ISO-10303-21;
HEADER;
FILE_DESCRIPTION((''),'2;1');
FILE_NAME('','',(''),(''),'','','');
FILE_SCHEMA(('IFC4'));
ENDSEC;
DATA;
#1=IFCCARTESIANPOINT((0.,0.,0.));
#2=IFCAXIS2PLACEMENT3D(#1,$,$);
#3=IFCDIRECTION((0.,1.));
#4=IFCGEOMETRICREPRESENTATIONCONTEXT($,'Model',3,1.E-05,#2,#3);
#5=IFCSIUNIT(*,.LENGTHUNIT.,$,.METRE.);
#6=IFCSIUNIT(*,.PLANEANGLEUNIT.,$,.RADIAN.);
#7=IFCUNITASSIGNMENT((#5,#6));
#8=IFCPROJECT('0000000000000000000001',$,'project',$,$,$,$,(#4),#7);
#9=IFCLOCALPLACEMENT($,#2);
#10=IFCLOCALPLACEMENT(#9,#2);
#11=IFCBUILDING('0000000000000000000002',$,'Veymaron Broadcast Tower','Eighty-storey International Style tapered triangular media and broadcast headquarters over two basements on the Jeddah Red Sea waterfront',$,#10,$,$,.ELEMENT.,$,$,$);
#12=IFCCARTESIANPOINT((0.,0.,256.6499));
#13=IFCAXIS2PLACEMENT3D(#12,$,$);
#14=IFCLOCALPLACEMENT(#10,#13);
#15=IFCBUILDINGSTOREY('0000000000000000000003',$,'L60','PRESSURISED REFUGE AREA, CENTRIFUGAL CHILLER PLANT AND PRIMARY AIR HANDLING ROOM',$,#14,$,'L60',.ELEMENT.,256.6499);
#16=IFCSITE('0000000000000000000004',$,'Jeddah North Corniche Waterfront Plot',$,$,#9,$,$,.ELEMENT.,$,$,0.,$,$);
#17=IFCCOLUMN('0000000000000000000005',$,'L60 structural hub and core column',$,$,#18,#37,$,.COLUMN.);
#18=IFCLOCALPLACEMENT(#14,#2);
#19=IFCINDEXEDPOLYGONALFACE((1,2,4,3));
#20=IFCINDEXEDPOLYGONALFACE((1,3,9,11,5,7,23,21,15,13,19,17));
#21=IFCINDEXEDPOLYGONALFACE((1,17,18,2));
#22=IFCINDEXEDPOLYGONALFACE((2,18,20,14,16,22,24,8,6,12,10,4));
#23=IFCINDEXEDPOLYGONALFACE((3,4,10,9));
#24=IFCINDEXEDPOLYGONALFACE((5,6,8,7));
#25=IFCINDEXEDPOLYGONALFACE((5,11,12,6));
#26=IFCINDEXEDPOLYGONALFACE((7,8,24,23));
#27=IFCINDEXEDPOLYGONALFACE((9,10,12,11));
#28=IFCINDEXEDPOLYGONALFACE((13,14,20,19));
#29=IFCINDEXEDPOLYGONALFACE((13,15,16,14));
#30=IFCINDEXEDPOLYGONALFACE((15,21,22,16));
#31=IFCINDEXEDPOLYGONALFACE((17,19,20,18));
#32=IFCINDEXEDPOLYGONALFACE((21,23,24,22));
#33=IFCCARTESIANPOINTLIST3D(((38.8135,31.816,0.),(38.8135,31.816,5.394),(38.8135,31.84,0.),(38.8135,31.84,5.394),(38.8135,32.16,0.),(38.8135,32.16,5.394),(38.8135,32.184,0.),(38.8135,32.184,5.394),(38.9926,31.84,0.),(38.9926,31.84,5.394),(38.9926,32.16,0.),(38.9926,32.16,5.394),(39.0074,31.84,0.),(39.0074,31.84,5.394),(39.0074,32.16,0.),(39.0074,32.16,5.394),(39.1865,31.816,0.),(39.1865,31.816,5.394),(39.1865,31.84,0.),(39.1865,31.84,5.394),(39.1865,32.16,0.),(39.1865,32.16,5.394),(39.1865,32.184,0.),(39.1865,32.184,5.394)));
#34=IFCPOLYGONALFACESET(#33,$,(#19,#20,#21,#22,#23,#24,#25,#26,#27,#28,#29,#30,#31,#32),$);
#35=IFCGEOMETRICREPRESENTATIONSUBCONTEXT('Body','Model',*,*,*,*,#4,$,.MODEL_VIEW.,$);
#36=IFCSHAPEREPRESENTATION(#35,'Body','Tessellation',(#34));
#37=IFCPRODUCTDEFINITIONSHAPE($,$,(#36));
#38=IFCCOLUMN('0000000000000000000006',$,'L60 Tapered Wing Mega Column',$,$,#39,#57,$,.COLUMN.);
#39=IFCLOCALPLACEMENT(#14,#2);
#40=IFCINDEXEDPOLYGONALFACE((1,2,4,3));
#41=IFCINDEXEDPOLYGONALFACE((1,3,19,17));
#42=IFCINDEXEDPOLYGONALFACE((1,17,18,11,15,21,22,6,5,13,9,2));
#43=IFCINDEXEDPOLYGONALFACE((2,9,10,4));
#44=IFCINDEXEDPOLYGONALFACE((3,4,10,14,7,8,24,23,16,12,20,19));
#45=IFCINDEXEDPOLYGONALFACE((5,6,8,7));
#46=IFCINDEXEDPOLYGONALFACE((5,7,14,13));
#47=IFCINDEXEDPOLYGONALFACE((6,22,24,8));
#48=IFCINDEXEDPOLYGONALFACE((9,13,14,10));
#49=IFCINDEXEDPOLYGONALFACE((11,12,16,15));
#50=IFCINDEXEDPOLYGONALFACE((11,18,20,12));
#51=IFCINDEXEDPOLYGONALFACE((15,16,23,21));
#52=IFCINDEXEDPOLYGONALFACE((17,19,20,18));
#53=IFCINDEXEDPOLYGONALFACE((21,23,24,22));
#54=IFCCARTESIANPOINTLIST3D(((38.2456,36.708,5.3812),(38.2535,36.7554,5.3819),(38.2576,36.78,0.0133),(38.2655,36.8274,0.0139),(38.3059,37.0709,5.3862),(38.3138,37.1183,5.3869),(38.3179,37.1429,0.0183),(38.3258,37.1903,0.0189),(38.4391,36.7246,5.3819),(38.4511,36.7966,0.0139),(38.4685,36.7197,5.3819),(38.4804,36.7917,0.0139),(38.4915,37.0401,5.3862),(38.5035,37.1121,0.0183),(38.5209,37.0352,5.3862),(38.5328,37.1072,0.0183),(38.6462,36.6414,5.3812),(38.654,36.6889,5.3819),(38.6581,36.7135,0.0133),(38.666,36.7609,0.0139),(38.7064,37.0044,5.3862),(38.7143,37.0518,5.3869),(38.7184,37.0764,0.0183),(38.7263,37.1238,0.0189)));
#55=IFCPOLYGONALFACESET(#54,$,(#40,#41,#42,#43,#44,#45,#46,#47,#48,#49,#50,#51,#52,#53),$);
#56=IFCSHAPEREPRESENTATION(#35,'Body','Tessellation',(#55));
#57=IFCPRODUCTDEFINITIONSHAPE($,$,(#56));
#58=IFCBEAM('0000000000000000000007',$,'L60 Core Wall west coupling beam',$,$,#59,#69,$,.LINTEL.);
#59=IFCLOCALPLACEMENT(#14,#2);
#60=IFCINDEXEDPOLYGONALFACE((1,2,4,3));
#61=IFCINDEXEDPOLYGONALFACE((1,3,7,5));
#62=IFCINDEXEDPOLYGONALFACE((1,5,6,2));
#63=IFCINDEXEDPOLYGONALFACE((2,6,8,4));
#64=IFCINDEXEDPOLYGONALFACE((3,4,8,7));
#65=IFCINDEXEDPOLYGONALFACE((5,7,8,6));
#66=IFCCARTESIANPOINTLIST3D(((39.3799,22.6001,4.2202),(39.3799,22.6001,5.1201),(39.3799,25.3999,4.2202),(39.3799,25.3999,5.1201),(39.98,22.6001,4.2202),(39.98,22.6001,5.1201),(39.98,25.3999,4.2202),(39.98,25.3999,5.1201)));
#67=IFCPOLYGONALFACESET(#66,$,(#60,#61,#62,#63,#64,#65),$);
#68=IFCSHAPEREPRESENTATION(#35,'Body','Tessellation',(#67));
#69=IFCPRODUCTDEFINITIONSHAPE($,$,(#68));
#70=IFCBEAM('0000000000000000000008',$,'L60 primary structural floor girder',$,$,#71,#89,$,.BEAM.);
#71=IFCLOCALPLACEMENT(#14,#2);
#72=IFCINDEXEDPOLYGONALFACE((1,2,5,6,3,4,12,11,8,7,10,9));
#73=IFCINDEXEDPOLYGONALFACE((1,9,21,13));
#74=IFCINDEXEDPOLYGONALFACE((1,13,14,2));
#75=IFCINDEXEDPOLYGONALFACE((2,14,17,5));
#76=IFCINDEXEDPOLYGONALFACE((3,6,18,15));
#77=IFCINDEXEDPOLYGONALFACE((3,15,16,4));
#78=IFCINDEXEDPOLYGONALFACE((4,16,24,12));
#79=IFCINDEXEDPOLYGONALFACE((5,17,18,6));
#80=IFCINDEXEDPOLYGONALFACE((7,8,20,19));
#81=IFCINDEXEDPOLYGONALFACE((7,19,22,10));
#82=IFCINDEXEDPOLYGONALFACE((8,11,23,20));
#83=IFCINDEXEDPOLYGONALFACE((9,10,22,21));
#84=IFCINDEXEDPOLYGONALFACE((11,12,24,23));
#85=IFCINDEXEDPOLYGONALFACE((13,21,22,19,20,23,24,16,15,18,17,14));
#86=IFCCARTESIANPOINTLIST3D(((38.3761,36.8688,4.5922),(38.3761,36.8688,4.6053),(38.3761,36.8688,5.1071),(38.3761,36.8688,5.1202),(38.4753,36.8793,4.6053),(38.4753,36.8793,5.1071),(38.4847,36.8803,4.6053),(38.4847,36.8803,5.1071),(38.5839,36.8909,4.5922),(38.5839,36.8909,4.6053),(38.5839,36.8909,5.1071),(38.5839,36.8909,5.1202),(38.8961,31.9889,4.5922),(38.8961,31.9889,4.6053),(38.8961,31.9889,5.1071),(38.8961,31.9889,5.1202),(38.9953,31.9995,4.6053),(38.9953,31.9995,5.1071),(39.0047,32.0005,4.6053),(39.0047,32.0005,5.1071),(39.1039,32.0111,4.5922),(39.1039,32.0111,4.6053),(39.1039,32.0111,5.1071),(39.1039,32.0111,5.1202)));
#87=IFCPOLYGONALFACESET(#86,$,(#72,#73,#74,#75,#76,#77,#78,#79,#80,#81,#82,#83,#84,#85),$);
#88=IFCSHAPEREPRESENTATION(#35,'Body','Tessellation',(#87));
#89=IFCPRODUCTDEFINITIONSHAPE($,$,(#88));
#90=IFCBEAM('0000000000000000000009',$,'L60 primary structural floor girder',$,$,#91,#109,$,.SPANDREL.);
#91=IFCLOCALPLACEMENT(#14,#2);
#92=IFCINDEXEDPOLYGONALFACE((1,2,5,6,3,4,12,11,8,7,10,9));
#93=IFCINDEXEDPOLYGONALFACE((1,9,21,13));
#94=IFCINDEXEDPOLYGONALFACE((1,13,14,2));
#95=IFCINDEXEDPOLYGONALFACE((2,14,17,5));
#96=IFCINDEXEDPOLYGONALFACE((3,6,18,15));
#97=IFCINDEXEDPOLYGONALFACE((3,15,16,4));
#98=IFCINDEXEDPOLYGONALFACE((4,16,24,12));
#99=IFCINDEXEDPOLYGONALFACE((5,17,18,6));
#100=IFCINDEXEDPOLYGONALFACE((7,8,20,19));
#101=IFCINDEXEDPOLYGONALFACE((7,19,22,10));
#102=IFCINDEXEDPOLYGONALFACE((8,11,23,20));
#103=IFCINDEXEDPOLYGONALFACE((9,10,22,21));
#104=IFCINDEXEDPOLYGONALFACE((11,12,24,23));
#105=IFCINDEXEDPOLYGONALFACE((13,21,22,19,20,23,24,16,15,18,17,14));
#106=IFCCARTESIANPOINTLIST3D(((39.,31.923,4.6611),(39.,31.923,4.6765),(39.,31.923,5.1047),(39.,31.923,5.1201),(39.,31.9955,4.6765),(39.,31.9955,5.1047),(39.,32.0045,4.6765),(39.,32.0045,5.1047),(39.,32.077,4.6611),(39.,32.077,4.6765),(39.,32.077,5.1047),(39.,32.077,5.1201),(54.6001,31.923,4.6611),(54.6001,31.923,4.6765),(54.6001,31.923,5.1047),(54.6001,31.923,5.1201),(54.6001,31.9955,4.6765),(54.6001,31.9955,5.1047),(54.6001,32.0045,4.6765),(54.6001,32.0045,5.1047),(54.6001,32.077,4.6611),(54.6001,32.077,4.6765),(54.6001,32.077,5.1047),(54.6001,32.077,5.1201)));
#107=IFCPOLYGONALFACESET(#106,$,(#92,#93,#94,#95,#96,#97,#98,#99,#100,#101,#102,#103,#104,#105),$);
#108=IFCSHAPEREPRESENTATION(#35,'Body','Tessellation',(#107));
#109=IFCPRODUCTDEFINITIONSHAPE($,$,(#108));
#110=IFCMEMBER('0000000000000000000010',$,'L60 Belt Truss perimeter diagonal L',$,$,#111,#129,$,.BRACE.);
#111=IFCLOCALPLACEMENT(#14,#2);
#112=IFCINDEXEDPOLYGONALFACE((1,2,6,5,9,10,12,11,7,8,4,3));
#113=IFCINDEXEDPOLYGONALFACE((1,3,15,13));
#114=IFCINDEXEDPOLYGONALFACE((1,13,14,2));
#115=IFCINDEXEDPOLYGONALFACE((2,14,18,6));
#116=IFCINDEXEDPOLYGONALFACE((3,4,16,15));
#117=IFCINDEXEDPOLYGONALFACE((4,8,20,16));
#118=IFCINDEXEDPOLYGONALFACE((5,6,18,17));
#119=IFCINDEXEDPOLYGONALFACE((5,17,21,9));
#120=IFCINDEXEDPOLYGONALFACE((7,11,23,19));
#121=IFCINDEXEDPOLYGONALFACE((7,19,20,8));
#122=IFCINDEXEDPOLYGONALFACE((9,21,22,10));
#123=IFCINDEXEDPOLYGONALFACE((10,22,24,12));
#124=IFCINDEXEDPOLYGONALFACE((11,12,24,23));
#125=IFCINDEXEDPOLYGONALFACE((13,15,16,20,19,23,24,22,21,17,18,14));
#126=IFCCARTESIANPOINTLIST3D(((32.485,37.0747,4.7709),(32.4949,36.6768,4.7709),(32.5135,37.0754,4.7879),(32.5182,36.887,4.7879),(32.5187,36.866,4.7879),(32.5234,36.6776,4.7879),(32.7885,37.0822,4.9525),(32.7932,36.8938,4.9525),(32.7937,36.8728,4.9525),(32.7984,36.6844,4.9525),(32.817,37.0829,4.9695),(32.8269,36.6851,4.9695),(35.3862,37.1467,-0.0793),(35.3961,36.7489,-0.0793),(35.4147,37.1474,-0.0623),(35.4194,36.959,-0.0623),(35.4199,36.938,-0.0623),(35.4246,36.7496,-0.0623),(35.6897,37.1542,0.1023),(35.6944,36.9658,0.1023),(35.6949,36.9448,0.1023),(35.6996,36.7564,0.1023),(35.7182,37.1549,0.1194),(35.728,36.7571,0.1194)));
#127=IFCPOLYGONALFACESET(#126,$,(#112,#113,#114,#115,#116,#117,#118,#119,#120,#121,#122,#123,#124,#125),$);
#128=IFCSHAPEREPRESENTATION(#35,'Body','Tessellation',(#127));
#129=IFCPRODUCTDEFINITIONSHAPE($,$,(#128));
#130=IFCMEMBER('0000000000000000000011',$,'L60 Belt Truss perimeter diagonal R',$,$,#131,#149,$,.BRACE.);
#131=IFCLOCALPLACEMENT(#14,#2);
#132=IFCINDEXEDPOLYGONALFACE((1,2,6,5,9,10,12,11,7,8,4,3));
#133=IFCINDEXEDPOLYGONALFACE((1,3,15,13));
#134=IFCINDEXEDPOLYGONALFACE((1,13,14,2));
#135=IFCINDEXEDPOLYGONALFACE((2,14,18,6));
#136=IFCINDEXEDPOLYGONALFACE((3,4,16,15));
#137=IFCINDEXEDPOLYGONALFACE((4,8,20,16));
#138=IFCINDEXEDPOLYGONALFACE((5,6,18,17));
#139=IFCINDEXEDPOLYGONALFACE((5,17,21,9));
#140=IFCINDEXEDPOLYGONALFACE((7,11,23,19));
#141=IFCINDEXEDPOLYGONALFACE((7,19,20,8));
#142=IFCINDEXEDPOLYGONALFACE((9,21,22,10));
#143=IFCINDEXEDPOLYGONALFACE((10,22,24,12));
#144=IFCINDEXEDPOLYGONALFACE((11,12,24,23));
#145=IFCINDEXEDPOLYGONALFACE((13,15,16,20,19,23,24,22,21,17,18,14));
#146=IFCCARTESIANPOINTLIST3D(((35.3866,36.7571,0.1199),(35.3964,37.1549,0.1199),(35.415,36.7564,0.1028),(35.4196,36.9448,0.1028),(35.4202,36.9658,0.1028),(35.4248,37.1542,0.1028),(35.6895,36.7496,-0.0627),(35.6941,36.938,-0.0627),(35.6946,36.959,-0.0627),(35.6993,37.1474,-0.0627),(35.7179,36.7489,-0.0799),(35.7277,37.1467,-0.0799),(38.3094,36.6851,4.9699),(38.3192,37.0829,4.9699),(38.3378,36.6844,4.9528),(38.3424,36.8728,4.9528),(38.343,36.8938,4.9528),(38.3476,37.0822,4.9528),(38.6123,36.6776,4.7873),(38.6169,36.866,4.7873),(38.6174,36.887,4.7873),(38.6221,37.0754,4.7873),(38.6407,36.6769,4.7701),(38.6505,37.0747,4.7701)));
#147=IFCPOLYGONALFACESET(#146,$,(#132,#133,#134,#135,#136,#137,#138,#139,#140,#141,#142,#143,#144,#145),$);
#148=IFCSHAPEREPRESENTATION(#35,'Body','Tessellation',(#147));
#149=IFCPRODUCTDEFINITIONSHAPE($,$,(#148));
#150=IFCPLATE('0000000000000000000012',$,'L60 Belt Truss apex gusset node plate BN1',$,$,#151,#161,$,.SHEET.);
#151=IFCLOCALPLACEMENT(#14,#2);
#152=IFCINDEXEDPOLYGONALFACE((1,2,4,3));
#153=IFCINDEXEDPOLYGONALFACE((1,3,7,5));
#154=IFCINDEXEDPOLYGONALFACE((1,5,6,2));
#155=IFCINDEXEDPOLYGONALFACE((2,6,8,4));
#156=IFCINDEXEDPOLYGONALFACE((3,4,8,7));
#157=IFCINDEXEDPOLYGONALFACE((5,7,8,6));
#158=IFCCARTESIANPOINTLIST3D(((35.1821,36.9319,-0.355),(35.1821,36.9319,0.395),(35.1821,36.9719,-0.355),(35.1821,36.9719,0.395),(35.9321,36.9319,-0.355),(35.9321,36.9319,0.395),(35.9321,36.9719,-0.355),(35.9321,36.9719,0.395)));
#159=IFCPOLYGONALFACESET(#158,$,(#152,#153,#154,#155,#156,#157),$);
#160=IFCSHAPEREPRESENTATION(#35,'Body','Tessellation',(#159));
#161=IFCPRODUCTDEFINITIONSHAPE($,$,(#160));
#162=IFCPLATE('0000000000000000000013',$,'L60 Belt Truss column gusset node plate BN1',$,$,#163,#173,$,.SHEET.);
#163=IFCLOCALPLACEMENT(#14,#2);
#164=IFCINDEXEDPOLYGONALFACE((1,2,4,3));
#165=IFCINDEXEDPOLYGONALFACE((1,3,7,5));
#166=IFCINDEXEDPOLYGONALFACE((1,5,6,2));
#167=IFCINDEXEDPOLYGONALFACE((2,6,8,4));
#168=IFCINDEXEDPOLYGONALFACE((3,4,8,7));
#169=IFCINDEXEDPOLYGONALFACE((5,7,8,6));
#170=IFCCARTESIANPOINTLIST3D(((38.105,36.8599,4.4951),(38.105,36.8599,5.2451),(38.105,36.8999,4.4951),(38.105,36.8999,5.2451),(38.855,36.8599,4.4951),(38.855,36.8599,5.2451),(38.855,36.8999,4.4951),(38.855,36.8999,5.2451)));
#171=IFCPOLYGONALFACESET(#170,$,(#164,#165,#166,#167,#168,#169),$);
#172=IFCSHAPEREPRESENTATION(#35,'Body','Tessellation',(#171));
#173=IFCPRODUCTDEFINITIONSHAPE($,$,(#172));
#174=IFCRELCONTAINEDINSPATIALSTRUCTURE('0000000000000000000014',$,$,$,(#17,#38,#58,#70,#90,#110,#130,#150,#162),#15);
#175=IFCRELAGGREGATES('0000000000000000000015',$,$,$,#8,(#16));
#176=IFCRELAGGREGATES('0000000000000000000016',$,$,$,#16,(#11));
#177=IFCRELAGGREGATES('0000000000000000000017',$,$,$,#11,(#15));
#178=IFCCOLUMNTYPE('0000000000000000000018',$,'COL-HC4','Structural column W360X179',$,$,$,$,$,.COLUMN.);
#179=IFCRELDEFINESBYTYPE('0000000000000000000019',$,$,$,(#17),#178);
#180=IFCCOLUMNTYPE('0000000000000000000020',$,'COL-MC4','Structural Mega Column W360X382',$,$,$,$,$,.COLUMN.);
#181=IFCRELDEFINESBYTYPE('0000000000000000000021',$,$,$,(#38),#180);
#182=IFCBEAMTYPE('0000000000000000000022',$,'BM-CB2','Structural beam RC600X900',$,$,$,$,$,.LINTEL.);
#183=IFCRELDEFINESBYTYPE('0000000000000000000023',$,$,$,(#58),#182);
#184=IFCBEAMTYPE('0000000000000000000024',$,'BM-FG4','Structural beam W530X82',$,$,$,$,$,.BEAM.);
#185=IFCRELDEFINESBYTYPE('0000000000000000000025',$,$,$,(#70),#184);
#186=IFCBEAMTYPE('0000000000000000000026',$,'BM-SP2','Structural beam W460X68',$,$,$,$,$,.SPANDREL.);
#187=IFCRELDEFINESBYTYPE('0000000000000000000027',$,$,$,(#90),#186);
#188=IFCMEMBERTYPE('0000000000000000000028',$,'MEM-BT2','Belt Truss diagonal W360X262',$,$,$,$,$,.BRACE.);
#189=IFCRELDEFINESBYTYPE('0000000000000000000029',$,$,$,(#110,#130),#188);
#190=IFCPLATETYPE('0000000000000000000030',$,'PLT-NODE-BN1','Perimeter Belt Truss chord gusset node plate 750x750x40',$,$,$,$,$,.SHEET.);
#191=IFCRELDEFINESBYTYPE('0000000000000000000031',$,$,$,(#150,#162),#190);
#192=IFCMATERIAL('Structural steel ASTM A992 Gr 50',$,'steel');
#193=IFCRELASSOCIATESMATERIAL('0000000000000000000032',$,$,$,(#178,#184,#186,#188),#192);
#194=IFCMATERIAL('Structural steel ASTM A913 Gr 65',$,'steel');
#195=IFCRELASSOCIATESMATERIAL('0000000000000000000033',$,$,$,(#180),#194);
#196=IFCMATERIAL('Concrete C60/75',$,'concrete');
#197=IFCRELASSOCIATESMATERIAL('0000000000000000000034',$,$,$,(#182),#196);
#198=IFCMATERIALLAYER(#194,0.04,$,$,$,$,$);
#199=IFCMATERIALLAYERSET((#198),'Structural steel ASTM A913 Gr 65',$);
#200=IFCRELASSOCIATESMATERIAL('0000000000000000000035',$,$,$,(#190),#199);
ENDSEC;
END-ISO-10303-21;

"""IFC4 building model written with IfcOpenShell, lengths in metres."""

from ifc_helpers import new_model, si_unit, direction, frame, origin, origin_2d, place, context, subcontext, project, spatial, rectangle, i_section, extrude, material, layer, layer_set, material_profile, profile_set, type_object, element, save


model = new_model("IFC4")

# Units and contexts
model_context = context("Model", 3, precision=1e-05, world=origin(), true_north=direction((0.0, 1.0)))
body_context = subcontext(model_context, "Body", "Model", "MODEL_VIEW")
ifc_project = project(units=[si_unit("LENGTHUNIT", "METRE"), si_unit("PLANEANGLEUNIT", "RADIAN")], contexts=[model_context])

# Site, building, storey
site_placement = place(None, origin())
site = spatial("IfcSite", under=ifc_project, at=site_placement, Name="Jeddah North Corniche Waterfront Plot", CompositionType="ELEMENT", RefElevation=0.0)
building_placement = place(site_placement, origin())
building = spatial("IfcBuilding", under=site, at=building_placement, Name="Veymaron Broadcast Tower", Description="Eighty-storey International Style tapered triangular media and broadcast headquarters over two basements on the Jeddah Red Sea waterfront", CompositionType="ELEMENT")
storey_placement = place(building_placement, frame((0.0, 0.0, 256.6499)))
storey = spatial("IfcBuildingStorey", under=building, at=storey_placement, Name="L60", Description="PRESSURISED REFUGE AREA, CENTRIFUGAL CHILLER PLANT AND PRIMARY AIR HANDLING ROOM", LongName="L60", CompositionType="ELEMENT", Elevation=256.6499)

# Columns
ifc_material_1 = material(Name="Structural steel ASTM A992 Gr 50", Category="steel")
ifc_material_profile_1 = material_profile(ifc_material_1, i_section(OverallWidth=0.373, OverallDepth=0.3679, WebThickness=0.0149, FlangeThickness=0.0239, at=origin_2d()), Name="W360X179")
ifc_profile_set_1 = profile_set([ifc_material_profile_1], Name="Structural steel ASTM A992 Gr 50")
column_type_1 = type_object("IfcColumnType", Name="COL-HC4", Description="Structural column W360X179", PredefinedType="COLUMN", material=ifc_profile_set_1)
column_1_placement = place(storey_placement, frame((39.0, 32.0, 0.0), z_axis=(0.0, 0.0, 1.0), x_axis=(1.0, 0.0, 0.0)))
element("IfcColumn", 1, at=column_1_placement, inside=storey, type_object=column_type_1, Name="L60 structural hub and core column", PredefinedType="COLUMN", context=body_context, shape_type="SweptSolid", body=[
    extrude(i_section(OverallWidth=0.373, OverallDepth=0.3679, WebThickness=0.0149, FlangeThickness=0.0239, at=origin_2d()), origin(), (0.0, 0.0, 1.0), 5.394),
])
ifc_material_2 = material(Name="Structural steel ASTM A913 Gr 65", Category="steel")
ifc_material_profile_2 = material_profile(ifc_material_2, i_section(OverallWidth=0.406, OverallDepth=0.416, WebThickness=0.0298, FlangeThickness=0.0481, at=origin_2d()), Name="W360X382")
ifc_profile_set_2 = profile_set([ifc_material_profile_2], Name="Structural steel ASTM A913 Gr 65")
column_type_2 = type_object("IfcColumnType", Name="COL-MC4", Description="Structural Mega Column W360X382", PredefinedType="COLUMN", material=ifc_profile_set_2)
column_2_placement = place(storey_placement, frame((38.4919, 36.9519, 0.0161), z_axis=(-0.002228, -0.013416, 0.999908), x_axis=(0.986484, -0.163857, 0.0)))
element("IfcColumn", 2, at=column_2_placement, inside=storey, type_object=column_type_2, Name="L60 Tapered Wing Mega Column", PredefinedType="COLUMN", context=body_context, shape_type="SweptSolid", body=[
    extrude(i_section(OverallWidth=0.406, OverallDepth=0.416, WebThickness=0.0298, FlangeThickness=0.0481, at=origin_2d()), origin(), (0.0, 0.0, 1.0), 5.3684),
])

# Beams
ifc_material_3 = material(Name="Concrete C60/75", Category="concrete")
ifc_material_profile_3 = material_profile(ifc_material_3, rectangle(XDim=0.6001, YDim=0.8999, at=origin_2d()), Name="RC600X900")
ifc_profile_set_3 = profile_set([ifc_material_profile_3], Name="Concrete C60/75")
beam_type_1 = type_object("IfcBeamType", Name="BM-CB2", Description="Structural beam RC600X900", PredefinedType="LINTEL", material=ifc_profile_set_3)
beam_1_placement = place(storey_placement, frame((39.6799, 22.6001, 4.6702), z_axis=(0.0, 1.0, 0.0), x_axis=(-1.0, 0.0, 0.0)))
element("IfcBeam", 3, at=beam_1_placement, inside=storey, type_object=beam_type_1, Name="L60 Core Wall west coupling beam", PredefinedType="LINTEL", context=body_context, shape_type="SweptSolid", body=[
    extrude(rectangle(XDim=0.6001, YDim=0.8999, at=origin_2d()), origin(), (0.0, 0.0, 1.0), 2.7998),
])
ifc_material_profile_4 = material_profile(ifc_material_1, i_section(OverallWidth=0.209, OverallDepth=0.5281, WebThickness=0.0095, FlangeThickness=0.0132, at=origin_2d()), Name="W530X82")
ifc_profile_set_4 = profile_set([ifc_material_profile_4], Name="Structural steel ASTM A992 Gr 50")
beam_type_2 = type_object("IfcBeamType", Name="BM-FG4", Description="Structural beam W530X82", PredefinedType="BEAM", material=ifc_profile_set_4)
beam_2_placement = place(storey_placement, frame((39.0, 32.0, 4.8562), z_axis=(-0.105964, 0.99437, 0.0), x_axis=(-0.99437, -0.105964, 0.0)))
element("IfcBeam", 4, at=beam_2_placement, inside=storey, type_object=beam_type_2, Name="L60 primary structural floor girder", PredefinedType="BEAM", context=body_context, shape_type="SweptSolid", body=[
    extrude(i_section(OverallWidth=0.209, OverallDepth=0.5281, WebThickness=0.0095, FlangeThickness=0.0132, at=origin_2d()), origin(), (0.0, 0.0, 1.0), 4.9075),
])
ifc_material_profile_5 = material_profile(ifc_material_1, i_section(OverallWidth=0.1541, OverallDepth=0.459, WebThickness=0.009, FlangeThickness=0.0154, at=origin_2d()), Name="W460X68")
ifc_profile_set_5 = profile_set([ifc_material_profile_5], Name="Structural steel ASTM A992 Gr 50")
beam_type_3 = type_object("IfcBeamType", Name="BM-SP2", Description="Structural beam W460X68", PredefinedType="SPANDREL", material=ifc_profile_set_5)
beam_3_placement = place(storey_placement, frame((39.0, 32.0, 4.8906), z_axis=(1.0, 0.0, 0.0), x_axis=(0.0, 1.0, 0.0)))
element("IfcBeam", 5, at=beam_3_placement, inside=storey, type_object=beam_type_3, Name="L60 primary structural floor girder", PredefinedType="SPANDREL", context=body_context, shape_type="SweptSolid", body=[
    extrude(i_section(OverallWidth=0.1541, OverallDepth=0.459, WebThickness=0.009, FlangeThickness=0.0154, at=origin_2d()), origin(), (0.0, 0.0, 1.0), 15.6001),
])

# Members
ifc_material_profile_6 = material_profile(ifc_material_1, i_section(OverallWidth=0.3979, OverallDepth=0.387, WebThickness=0.021, FlangeThickness=0.0332, at=origin_2d()), Name="W360X262")
ifc_profile_set_6 = profile_set([ifc_material_profile_6], Name="Structural steel ASTM A992 Gr 50")
member_type = type_object("IfcMemberType", Name="MEM-BT2", Description="Belt Truss diagonal W360X262", PredefinedType="BRACE", material=ifc_profile_set_6)
member_1_placement = place(storey_placement, frame((35.5571, 36.9519, 0.02), z_axis=(-0.513291, -0.012743, 0.85812), x_axis=(0.024818, -0.999692, 0.0)))
element("IfcMember", 6, at=member_1_placement, inside=storey, type_object=member_type, Name="L60 Belt Truss perimeter diagonal L", PredefinedType="BRACE", context=body_context, shape_type="SweptSolid", body=[
    extrude(i_section(OverallWidth=0.3979, OverallDepth=0.387, WebThickness=0.021, FlangeThickness=0.0332, at=origin_2d()), origin(), (0.0, 0.0, 1.0), 5.6521),
])
member_2_placement = place(storey_placement, frame((35.5571, 36.9519, 0.02), z_axis=(0.516114, -0.012717, 0.856425), x_axis=(0.024633, 0.999697, 0.0)))
element("IfcMember", 7, at=member_2_placement, inside=storey, type_object=member_type, Name="L60 Belt Truss perimeter diagonal R", PredefinedType="BRACE", context=body_context, shape_type="SweptSolid", body=[
    extrude(i_section(OverallWidth=0.3979, OverallDepth=0.387, WebThickness=0.021, FlangeThickness=0.0332, at=origin_2d()), origin(), (0.0, 0.0, 1.0), 5.6631),
])

# Plates
ifc_layer_1 = layer(ifc_material_2, 0.04)
ifc_layer_set_1 = layer_set([ifc_layer_1], Name="Structural steel ASTM A913 Gr 65")
plate_type = type_object("IfcPlateType", Name="PLT-NODE-BN1", Description="Perimeter Belt Truss chord gusset node plate 750x750x40", PredefinedType="SHEET", material=ifc_layer_set_1)
for number, where, z_axis, x_axis, name in (
    (8, (35.5571, 36.9519, -0.355), (0.0, 0.0, 1.0), (1.0, 0.0, 0.0), "L60 Belt Truss apex gusset node plate BN1"),
    (9, (38.48, 36.8799, 4.4951), (0.0, 0.0, 1.0), (1.0, 0.0, 0.0), "L60 Belt Truss column gusset node plate BN1"),
):
    element("IfcPlate", number, at=place(storey_placement, frame(where, z_axis=z_axis, x_axis=x_axis)), inside=storey, type_object=plate_type, Name=name, PredefinedType="SHEET", context=body_context, shape_type="SweptSolid", body=[
        extrude(rectangle(XDim=0.75, YDim=0.04, at=origin_2d()), origin(), (0.0, 0.0, 1.0), 0.75),
    ])

save(model, "model.ifc")
